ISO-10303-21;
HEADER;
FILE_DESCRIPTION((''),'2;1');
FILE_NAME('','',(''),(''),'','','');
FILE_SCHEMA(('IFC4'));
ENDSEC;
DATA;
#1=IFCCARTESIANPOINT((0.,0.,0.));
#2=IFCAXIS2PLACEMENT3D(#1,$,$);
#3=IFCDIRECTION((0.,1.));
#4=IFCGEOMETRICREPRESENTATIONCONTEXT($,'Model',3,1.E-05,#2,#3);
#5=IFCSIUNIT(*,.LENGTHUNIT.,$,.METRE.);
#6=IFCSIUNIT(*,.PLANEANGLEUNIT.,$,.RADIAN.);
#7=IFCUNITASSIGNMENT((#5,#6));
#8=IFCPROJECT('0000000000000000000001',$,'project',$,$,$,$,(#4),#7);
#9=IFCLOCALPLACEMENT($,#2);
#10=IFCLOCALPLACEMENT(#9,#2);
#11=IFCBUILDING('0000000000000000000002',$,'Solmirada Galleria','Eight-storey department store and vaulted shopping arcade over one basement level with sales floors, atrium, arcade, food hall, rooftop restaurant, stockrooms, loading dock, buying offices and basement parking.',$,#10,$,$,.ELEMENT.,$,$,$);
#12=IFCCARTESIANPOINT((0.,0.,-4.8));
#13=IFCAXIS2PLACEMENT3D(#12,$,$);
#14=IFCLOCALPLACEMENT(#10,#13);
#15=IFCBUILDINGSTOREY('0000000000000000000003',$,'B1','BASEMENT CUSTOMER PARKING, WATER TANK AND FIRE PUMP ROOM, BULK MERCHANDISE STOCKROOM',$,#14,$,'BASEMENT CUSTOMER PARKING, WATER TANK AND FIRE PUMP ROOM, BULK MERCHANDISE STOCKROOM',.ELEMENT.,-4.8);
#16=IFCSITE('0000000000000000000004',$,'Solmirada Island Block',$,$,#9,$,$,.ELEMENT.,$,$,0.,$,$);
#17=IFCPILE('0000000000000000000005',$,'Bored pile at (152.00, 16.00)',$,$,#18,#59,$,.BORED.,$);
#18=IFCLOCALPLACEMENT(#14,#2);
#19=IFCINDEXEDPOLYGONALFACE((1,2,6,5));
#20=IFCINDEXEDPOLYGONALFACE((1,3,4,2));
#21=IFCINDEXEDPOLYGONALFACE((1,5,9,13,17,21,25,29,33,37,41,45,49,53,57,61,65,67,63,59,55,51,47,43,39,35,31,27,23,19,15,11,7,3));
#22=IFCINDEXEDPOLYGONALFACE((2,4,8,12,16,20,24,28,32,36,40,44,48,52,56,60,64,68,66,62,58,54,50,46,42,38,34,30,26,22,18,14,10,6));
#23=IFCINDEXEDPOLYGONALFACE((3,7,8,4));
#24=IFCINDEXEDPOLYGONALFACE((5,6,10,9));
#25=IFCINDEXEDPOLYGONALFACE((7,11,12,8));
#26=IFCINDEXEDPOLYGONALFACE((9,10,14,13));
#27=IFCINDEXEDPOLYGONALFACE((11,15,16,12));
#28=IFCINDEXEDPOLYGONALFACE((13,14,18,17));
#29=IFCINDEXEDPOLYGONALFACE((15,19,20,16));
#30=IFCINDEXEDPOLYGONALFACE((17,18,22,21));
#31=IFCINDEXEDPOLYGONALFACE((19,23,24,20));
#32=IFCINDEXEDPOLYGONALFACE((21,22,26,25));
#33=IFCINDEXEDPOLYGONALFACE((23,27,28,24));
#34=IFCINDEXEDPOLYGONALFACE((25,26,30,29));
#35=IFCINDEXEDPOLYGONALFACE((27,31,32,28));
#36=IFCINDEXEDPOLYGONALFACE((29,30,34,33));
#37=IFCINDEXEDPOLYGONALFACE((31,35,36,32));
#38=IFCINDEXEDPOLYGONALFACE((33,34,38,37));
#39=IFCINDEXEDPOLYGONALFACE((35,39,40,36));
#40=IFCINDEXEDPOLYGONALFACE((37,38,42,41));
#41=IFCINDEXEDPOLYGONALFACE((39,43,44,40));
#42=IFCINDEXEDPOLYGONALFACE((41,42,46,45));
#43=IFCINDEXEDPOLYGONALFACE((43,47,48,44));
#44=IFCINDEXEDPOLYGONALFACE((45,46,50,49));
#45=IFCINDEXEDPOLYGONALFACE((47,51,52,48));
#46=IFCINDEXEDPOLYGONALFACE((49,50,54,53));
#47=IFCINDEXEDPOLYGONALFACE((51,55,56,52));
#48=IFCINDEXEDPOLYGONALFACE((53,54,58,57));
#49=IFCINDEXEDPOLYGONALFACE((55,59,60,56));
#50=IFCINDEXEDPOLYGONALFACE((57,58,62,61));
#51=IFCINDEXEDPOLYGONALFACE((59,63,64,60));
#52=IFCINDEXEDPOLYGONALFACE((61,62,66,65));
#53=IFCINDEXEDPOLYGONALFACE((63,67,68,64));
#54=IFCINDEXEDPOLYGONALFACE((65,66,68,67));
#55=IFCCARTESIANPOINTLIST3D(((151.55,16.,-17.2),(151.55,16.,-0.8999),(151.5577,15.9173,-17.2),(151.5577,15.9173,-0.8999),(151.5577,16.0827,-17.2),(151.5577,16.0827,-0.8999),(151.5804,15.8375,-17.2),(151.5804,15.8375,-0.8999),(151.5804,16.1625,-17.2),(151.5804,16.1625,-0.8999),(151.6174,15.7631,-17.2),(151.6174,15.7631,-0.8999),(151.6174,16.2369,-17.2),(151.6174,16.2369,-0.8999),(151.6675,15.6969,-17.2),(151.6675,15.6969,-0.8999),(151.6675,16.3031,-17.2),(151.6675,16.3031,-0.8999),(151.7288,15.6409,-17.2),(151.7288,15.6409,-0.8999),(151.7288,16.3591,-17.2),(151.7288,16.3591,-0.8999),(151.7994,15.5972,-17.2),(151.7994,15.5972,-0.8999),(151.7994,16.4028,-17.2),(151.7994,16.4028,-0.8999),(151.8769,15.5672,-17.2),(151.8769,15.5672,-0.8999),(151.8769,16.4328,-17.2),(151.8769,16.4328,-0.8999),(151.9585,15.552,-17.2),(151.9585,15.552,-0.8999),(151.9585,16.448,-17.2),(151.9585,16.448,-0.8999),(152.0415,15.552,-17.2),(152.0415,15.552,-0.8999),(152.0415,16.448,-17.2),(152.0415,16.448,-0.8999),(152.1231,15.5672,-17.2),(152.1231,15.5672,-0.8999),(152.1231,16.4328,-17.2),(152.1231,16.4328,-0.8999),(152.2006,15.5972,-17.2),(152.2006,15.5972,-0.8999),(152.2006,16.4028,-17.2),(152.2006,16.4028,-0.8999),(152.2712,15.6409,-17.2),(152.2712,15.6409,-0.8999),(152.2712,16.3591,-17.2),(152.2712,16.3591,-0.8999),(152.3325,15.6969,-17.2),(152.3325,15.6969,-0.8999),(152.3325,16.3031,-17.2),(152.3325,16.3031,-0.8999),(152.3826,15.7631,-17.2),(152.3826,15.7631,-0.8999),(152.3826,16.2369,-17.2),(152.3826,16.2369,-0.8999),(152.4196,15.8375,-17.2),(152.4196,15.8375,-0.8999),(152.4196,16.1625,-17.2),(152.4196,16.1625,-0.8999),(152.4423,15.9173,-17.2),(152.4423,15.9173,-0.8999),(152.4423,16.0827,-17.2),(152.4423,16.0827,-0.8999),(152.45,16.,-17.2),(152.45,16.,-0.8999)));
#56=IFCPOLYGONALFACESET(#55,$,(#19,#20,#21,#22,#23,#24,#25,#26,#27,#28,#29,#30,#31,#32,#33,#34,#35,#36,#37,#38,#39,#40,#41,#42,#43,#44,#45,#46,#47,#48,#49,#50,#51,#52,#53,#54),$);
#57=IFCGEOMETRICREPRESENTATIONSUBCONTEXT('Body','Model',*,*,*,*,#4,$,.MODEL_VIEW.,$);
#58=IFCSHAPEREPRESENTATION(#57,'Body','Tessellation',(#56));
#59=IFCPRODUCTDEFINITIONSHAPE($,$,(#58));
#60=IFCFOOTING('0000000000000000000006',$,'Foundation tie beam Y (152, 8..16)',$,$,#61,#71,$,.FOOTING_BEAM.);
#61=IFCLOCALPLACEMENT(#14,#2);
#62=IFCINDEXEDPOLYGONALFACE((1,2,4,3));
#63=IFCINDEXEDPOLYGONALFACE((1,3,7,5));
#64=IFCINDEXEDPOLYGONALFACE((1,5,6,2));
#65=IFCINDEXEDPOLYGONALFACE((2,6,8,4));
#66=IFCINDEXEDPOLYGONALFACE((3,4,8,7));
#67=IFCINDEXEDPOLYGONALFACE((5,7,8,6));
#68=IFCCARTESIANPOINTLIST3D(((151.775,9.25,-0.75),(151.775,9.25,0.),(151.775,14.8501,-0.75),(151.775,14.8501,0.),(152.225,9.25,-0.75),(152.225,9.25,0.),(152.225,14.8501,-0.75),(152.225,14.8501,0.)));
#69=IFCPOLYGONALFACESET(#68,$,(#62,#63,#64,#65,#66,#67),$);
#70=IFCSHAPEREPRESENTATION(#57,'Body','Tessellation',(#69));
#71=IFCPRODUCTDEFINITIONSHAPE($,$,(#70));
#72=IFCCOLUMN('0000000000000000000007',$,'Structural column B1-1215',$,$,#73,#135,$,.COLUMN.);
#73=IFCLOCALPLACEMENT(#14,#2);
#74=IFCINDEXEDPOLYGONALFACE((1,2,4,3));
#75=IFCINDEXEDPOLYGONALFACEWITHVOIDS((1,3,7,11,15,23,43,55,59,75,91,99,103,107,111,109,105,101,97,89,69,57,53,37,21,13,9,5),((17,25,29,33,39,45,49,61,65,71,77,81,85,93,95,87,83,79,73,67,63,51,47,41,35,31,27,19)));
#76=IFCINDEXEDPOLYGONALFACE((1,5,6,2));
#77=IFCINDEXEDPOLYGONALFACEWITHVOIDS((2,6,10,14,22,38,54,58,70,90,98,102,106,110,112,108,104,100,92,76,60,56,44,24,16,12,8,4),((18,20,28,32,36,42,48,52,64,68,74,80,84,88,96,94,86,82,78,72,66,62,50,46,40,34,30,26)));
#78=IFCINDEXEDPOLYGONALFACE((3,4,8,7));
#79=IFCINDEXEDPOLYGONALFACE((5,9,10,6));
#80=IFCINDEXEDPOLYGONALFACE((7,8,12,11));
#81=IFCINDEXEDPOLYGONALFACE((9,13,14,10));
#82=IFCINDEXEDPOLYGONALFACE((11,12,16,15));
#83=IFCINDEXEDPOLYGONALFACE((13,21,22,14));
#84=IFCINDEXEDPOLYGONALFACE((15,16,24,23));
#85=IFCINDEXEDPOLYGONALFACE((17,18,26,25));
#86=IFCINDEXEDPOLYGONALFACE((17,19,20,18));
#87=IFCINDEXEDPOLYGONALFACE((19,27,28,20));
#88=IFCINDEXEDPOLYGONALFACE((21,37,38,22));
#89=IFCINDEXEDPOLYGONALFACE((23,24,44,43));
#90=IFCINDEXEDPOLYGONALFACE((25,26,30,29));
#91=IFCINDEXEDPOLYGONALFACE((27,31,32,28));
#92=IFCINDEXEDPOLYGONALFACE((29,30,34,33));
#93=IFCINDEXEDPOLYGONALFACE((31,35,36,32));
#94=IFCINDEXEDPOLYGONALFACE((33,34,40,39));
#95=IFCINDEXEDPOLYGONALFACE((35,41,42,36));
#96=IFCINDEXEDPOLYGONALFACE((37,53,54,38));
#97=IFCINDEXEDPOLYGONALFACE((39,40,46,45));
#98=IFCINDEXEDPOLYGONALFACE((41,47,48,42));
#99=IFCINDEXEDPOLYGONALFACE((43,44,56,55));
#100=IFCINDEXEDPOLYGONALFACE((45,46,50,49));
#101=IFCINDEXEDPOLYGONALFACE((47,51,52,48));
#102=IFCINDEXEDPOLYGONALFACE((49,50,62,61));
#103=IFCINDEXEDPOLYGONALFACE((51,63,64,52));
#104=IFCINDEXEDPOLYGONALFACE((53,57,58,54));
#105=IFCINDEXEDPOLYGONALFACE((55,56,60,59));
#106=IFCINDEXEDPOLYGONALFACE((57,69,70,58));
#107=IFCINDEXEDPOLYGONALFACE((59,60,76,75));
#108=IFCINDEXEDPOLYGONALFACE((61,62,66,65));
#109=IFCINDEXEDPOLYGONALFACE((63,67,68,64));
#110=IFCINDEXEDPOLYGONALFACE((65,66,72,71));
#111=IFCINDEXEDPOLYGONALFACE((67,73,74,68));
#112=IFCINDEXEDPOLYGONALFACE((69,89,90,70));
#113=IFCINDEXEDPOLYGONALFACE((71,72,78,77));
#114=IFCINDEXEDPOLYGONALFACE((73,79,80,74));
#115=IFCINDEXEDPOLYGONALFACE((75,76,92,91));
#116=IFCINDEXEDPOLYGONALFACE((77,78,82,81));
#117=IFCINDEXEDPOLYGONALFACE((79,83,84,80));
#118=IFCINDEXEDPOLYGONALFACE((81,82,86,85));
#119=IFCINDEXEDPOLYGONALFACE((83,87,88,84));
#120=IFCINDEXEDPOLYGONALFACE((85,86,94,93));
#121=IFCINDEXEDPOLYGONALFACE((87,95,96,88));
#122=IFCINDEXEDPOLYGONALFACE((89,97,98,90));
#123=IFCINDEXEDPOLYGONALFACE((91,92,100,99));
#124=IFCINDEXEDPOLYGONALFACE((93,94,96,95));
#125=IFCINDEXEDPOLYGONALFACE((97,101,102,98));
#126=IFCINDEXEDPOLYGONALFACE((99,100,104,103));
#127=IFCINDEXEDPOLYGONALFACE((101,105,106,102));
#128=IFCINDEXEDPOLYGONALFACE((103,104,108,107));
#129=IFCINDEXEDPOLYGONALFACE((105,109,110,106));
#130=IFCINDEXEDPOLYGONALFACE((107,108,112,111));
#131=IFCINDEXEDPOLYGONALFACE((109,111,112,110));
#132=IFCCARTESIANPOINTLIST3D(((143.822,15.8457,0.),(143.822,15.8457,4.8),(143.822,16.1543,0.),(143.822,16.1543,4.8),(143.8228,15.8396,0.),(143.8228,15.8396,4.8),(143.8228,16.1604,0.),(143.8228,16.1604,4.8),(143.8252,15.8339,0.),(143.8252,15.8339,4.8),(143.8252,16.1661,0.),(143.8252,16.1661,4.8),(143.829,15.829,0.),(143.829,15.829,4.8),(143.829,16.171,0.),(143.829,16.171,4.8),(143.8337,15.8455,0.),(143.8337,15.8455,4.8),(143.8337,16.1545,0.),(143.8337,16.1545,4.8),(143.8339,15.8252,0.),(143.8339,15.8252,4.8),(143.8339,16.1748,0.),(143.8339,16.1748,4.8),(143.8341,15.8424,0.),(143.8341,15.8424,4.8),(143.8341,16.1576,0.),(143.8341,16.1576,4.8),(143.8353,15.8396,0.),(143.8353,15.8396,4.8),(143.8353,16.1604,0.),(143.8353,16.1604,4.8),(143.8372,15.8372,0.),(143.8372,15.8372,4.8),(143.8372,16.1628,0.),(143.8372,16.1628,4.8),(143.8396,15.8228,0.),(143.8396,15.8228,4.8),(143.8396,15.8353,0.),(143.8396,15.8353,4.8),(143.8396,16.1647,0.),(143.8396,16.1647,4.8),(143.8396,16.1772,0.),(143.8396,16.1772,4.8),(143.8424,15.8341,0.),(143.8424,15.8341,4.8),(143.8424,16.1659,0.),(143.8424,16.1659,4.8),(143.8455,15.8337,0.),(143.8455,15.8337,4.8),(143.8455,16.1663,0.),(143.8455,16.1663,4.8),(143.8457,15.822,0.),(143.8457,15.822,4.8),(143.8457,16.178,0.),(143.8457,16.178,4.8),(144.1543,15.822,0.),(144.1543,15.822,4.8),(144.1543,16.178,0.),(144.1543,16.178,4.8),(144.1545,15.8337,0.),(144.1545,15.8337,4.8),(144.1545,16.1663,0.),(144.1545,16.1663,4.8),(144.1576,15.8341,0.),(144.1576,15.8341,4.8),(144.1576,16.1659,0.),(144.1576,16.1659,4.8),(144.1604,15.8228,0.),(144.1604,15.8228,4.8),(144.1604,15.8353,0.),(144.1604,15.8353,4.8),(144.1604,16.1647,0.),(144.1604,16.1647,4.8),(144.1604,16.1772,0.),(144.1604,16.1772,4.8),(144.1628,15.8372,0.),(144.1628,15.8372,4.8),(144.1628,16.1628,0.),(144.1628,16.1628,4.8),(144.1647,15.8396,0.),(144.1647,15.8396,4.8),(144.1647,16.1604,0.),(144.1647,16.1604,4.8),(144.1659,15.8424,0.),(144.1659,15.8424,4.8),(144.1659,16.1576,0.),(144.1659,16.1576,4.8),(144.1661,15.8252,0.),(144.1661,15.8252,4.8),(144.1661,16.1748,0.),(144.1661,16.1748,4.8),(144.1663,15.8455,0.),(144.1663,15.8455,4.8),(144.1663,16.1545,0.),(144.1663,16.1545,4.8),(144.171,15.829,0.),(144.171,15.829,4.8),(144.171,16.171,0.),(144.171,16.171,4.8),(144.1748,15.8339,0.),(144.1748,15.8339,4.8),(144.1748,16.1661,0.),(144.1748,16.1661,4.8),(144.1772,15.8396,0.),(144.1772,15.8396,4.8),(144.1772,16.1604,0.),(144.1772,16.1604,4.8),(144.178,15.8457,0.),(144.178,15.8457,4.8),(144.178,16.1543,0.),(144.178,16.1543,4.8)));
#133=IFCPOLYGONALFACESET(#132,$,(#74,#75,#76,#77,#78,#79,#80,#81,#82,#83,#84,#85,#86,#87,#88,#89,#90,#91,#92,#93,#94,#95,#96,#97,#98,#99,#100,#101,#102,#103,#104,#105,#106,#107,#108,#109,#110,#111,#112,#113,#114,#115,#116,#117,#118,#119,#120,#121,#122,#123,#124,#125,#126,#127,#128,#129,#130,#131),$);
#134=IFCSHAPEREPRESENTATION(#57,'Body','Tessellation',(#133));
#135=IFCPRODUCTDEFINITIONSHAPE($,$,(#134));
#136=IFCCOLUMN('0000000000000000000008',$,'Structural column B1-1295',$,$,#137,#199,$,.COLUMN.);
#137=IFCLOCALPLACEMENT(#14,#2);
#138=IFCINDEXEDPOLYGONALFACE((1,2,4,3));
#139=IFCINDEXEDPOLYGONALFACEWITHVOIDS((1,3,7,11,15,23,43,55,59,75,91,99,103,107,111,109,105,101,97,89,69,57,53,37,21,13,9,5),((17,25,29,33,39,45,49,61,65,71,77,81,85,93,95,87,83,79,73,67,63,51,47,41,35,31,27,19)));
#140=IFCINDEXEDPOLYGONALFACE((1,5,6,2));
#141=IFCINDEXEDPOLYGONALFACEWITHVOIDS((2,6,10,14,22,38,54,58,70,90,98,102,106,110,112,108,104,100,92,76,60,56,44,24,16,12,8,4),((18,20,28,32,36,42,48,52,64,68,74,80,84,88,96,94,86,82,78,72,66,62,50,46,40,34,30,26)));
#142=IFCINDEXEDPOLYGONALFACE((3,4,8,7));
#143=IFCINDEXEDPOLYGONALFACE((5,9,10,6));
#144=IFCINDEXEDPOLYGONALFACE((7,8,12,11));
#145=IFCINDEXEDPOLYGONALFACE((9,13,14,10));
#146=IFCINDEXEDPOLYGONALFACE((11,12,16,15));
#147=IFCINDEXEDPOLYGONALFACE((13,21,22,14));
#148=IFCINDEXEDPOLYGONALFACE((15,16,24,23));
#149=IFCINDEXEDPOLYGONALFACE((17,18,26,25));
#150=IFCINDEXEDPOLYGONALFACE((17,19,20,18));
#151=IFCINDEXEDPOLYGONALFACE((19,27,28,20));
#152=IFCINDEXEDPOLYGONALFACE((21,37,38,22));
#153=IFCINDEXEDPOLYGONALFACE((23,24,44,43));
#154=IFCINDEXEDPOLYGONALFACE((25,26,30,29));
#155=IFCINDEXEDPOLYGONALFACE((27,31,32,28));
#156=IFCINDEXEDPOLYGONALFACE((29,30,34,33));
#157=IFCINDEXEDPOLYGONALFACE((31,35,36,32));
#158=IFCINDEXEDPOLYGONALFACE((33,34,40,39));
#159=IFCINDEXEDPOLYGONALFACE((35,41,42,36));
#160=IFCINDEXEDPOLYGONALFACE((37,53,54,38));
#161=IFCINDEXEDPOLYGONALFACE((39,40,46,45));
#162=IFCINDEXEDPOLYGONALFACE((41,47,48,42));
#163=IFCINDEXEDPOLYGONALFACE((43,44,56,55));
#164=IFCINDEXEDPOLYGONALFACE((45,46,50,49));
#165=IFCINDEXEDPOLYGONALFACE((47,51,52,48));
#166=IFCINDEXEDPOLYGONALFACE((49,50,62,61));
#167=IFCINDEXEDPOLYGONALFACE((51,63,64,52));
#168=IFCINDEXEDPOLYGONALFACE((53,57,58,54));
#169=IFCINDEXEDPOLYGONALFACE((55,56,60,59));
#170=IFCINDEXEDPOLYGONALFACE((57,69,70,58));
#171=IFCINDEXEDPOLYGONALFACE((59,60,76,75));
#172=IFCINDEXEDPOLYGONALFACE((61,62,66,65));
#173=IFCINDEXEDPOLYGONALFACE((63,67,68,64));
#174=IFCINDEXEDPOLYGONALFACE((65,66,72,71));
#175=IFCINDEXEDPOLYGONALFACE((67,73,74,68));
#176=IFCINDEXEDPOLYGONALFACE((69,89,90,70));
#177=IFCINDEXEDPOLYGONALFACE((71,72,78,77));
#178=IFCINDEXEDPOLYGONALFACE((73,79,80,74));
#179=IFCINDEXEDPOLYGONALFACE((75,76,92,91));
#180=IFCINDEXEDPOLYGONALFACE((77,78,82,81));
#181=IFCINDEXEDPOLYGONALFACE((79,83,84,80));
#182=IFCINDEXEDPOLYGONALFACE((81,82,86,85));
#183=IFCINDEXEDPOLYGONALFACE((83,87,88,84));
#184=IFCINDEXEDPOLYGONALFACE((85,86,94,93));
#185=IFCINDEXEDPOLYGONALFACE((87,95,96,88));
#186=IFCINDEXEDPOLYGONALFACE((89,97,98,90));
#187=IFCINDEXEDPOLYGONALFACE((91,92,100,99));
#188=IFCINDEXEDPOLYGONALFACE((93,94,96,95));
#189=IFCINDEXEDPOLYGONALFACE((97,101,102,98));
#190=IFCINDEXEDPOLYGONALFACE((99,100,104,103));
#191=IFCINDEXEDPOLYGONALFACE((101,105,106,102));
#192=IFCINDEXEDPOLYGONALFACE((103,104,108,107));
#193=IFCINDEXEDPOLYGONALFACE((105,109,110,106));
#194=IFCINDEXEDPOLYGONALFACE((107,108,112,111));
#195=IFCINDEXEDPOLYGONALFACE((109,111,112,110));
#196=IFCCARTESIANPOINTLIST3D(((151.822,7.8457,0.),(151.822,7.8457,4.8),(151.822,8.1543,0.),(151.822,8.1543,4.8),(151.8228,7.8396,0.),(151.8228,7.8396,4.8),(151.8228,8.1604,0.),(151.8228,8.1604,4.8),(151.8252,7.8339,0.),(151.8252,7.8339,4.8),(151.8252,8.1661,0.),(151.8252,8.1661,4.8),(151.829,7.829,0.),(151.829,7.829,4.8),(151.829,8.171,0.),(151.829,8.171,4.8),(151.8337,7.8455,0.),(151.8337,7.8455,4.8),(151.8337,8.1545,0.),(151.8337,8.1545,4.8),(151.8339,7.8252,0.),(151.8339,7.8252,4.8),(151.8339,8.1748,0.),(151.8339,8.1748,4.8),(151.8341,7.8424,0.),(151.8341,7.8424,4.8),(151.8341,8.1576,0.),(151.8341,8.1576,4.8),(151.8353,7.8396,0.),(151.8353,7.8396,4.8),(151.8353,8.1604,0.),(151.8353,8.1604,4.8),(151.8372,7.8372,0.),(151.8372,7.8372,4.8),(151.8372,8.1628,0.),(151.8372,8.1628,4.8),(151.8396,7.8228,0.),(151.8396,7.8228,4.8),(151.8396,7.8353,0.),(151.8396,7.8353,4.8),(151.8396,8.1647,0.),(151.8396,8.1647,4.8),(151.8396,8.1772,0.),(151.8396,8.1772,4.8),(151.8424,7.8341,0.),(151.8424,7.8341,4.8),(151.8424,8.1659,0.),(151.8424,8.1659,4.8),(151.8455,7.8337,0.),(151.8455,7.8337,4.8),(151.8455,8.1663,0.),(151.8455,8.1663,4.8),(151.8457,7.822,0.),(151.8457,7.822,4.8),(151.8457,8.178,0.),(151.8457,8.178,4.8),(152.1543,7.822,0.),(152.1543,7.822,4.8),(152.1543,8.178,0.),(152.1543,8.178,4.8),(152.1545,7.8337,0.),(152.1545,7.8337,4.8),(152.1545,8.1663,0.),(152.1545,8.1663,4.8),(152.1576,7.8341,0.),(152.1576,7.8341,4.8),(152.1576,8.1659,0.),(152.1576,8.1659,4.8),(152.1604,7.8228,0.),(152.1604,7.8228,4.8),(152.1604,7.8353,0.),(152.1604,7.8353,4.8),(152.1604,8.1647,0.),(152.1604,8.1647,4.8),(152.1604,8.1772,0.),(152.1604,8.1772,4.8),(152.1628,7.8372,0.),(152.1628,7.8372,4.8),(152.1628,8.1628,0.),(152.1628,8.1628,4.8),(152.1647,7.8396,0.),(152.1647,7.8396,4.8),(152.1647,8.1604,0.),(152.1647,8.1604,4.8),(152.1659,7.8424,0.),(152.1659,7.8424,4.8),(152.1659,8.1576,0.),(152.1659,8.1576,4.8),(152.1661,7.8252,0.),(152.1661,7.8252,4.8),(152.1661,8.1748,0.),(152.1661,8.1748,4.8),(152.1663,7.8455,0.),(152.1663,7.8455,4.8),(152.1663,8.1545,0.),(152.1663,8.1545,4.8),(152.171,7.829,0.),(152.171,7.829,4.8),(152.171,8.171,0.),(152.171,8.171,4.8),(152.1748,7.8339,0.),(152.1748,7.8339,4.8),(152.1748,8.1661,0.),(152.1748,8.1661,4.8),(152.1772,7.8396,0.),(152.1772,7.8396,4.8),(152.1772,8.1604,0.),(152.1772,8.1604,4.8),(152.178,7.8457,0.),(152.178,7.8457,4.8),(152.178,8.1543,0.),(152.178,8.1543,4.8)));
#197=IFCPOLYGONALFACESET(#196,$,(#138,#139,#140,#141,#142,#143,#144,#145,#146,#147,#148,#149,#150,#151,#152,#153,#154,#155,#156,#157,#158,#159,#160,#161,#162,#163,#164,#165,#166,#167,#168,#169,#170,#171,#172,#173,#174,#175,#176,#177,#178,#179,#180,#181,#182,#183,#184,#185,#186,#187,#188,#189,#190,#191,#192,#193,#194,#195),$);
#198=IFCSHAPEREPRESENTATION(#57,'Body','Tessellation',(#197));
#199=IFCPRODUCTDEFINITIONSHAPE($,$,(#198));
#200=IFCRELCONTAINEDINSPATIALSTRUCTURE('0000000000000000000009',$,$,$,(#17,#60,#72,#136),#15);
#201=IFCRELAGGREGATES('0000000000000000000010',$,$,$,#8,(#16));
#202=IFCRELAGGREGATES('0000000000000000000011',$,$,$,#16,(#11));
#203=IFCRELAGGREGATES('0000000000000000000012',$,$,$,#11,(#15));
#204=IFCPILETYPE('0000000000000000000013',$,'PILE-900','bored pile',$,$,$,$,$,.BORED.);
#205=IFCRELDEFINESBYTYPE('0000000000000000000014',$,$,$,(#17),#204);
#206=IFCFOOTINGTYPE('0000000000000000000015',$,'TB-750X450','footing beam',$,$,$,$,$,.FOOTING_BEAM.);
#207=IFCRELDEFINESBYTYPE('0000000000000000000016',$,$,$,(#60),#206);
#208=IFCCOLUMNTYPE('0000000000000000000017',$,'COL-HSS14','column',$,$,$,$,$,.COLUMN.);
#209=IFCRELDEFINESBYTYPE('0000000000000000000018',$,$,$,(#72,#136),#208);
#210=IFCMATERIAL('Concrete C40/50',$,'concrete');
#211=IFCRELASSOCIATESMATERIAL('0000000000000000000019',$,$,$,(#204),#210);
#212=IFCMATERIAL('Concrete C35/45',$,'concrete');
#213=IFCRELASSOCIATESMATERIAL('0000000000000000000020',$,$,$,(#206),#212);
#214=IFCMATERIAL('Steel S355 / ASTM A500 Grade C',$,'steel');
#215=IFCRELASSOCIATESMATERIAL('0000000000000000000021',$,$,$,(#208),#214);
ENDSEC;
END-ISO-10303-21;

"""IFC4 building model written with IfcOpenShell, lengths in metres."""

from ifc_helpers import new_model, si_unit, direction, frame, origin, origin_2d, place, context, subcontext, project, spatial, rectangle, hollow_rectangle, circle, extrude, material, material_profile, profile_set, type_object, element, save


model = new_model("IFC4")

# Units and contexts
model_context = context("Model", 3, precision=1e-05, world=origin(), true_north=direction((0.0, 1.0)))
body_context = subcontext(model_context, "Body", "Model", "MODEL_VIEW")
ifc_project = project(units=[si_unit("LENGTHUNIT", "METRE"), si_unit("PLANEANGLEUNIT", "RADIAN")], contexts=[model_context])

# Site, building, storey
site_placement = place(None, origin())
site = spatial("IfcSite", under=ifc_project, at=site_placement, Name="Solmirada Island Block", CompositionType="ELEMENT", RefElevation=0.0)
building_placement = place(site_placement, origin())
building = spatial("IfcBuilding", under=site, at=building_placement, Name="Solmirada Galleria", Description="Eight-storey department store and vaulted shopping arcade over one basement level with sales floors, atrium, arcade, food hall, rooftop restaurant, stockrooms, loading dock, buying offices and basement parking.", CompositionType="ELEMENT")
storey_placement = place(building_placement, frame((0.0, 0.0, -4.8)))
storey = spatial("IfcBuildingStorey", under=building, at=storey_placement, Name="B1", Description="BASEMENT CUSTOMER PARKING, WATER TANK AND FIRE PUMP ROOM, BULK MERCHANDISE STOCKROOM", LongName="BASEMENT CUSTOMER PARKING, WATER TANK AND FIRE PUMP ROOM, BULK MERCHANDISE STOCKROOM", CompositionType="ELEMENT", Elevation=-4.8)

# Shared definitions
ifc_material_1 = material(Name="Concrete C35/45", Category="concrete")

# Pile
ifc_material_2 = material(Name="Concrete C40/50", Category="concrete")
ifc_material_profile_1 = material_profile(ifc_material_2, circle(Radius=0.45, at=origin_2d()), Name="PILE900")
ifc_profile_set_1 = profile_set([ifc_material_profile_1], Name="Concrete C40/50")
pile_type_1 = type_object("IfcPileType", Name="PILE-900", Description="bored pile", PredefinedType="BORED", material=ifc_profile_set_1)
pile_1_placement = place(storey_placement, frame((152.0, 16.0, -0.8999), z_axis=(0.0, 0.0, -1.0), x_axis=(1.0, 0.0, 0.0)))
element("IfcPile", 1, at=pile_1_placement, inside=storey, type_object=pile_type_1, Name="Bored pile at (152.00, 16.00)", PredefinedType="BORED", context=body_context, shape_type="SweptSolid", body=[
    extrude(circle(Radius=0.45, at=origin_2d()), origin(), (0.0, 0.0, 1.0), 16.3),
])

# Footing
ifc_material_profile_2 = material_profile(ifc_material_1, rectangle(XDim=0.45, YDim=0.75, at=origin_2d()), Name="RC750X450")
ifc_profile_set_2 = profile_set([ifc_material_profile_2], Name="Concrete C35/45")
footing_type_1 = type_object("IfcFootingType", Name="TB-750X450", Description="footing beam", PredefinedType="FOOTING_BEAM", material=ifc_profile_set_2)
footing_1_placement = place(storey_placement, frame((152.0, 9.25, -0.375), z_axis=(0.0, 1.0, 0.0), x_axis=(-1.0, 0.0, 0.0)))
element("IfcFooting", 2, at=footing_1_placement, inside=storey, type_object=footing_type_1, Name="Foundation tie beam Y (152, 8..16)", PredefinedType="FOOTING_BEAM", context=body_context, shape_type="SweptSolid", body=[
    extrude(rectangle(XDim=0.45, YDim=0.75, at=origin_2d()), origin(), (0.0, 0.0, 1.0), 5.6001),
])

# Columns
ifc_material_3 = material(Name="Steel S355 / ASTM A500 Grade C", Category="steel")
ifc_material_profile_3 = material_profile(ifc_material_3, hollow_rectangle(XDim=0.356, YDim=0.356, WallThickness=0.0117, InnerFilletRadius=0.0117, OuterFilletRadius=0.0237, at=origin_2d()), Name="HSS14X14X1/2")
ifc_profile_set_3 = profile_set([ifc_material_profile_3], Name="Steel S355 / ASTM A500 Grade C")
column_type_1 = type_object("IfcColumnType", Name="COL-HSS14", Description="column", PredefinedType="COLUMN", material=ifc_profile_set_3)
for number, where, z_axis, x_axis, name in (
    (3, (144.0, 16.0, 0.0), (0.0, 0.0, 1.0), (1.0, 0.0, 0.0), "Structural column B1-1215"),
    (4, (152.0, 8.0, 0.0), (0.0, 0.0, 1.0), (1.0, 0.0, 0.0), "Structural column B1-1295"),
):
    element("IfcColumn", number, at=place(storey_placement, frame(where, z_axis=z_axis, x_axis=x_axis)), inside=storey, type_object=column_type_1, Name=name, PredefinedType="COLUMN", context=body_context, shape_type="SweptSolid", body=[
        extrude(hollow_rectangle(XDim=0.356, YDim=0.356, WallThickness=0.0117, InnerFilletRadius=0.0117, OuterFilletRadius=0.0237, at=origin_2d()), origin(), (0.0, 0.0, 1.0), 4.8),
    ])

save(model, "model.ifc")
